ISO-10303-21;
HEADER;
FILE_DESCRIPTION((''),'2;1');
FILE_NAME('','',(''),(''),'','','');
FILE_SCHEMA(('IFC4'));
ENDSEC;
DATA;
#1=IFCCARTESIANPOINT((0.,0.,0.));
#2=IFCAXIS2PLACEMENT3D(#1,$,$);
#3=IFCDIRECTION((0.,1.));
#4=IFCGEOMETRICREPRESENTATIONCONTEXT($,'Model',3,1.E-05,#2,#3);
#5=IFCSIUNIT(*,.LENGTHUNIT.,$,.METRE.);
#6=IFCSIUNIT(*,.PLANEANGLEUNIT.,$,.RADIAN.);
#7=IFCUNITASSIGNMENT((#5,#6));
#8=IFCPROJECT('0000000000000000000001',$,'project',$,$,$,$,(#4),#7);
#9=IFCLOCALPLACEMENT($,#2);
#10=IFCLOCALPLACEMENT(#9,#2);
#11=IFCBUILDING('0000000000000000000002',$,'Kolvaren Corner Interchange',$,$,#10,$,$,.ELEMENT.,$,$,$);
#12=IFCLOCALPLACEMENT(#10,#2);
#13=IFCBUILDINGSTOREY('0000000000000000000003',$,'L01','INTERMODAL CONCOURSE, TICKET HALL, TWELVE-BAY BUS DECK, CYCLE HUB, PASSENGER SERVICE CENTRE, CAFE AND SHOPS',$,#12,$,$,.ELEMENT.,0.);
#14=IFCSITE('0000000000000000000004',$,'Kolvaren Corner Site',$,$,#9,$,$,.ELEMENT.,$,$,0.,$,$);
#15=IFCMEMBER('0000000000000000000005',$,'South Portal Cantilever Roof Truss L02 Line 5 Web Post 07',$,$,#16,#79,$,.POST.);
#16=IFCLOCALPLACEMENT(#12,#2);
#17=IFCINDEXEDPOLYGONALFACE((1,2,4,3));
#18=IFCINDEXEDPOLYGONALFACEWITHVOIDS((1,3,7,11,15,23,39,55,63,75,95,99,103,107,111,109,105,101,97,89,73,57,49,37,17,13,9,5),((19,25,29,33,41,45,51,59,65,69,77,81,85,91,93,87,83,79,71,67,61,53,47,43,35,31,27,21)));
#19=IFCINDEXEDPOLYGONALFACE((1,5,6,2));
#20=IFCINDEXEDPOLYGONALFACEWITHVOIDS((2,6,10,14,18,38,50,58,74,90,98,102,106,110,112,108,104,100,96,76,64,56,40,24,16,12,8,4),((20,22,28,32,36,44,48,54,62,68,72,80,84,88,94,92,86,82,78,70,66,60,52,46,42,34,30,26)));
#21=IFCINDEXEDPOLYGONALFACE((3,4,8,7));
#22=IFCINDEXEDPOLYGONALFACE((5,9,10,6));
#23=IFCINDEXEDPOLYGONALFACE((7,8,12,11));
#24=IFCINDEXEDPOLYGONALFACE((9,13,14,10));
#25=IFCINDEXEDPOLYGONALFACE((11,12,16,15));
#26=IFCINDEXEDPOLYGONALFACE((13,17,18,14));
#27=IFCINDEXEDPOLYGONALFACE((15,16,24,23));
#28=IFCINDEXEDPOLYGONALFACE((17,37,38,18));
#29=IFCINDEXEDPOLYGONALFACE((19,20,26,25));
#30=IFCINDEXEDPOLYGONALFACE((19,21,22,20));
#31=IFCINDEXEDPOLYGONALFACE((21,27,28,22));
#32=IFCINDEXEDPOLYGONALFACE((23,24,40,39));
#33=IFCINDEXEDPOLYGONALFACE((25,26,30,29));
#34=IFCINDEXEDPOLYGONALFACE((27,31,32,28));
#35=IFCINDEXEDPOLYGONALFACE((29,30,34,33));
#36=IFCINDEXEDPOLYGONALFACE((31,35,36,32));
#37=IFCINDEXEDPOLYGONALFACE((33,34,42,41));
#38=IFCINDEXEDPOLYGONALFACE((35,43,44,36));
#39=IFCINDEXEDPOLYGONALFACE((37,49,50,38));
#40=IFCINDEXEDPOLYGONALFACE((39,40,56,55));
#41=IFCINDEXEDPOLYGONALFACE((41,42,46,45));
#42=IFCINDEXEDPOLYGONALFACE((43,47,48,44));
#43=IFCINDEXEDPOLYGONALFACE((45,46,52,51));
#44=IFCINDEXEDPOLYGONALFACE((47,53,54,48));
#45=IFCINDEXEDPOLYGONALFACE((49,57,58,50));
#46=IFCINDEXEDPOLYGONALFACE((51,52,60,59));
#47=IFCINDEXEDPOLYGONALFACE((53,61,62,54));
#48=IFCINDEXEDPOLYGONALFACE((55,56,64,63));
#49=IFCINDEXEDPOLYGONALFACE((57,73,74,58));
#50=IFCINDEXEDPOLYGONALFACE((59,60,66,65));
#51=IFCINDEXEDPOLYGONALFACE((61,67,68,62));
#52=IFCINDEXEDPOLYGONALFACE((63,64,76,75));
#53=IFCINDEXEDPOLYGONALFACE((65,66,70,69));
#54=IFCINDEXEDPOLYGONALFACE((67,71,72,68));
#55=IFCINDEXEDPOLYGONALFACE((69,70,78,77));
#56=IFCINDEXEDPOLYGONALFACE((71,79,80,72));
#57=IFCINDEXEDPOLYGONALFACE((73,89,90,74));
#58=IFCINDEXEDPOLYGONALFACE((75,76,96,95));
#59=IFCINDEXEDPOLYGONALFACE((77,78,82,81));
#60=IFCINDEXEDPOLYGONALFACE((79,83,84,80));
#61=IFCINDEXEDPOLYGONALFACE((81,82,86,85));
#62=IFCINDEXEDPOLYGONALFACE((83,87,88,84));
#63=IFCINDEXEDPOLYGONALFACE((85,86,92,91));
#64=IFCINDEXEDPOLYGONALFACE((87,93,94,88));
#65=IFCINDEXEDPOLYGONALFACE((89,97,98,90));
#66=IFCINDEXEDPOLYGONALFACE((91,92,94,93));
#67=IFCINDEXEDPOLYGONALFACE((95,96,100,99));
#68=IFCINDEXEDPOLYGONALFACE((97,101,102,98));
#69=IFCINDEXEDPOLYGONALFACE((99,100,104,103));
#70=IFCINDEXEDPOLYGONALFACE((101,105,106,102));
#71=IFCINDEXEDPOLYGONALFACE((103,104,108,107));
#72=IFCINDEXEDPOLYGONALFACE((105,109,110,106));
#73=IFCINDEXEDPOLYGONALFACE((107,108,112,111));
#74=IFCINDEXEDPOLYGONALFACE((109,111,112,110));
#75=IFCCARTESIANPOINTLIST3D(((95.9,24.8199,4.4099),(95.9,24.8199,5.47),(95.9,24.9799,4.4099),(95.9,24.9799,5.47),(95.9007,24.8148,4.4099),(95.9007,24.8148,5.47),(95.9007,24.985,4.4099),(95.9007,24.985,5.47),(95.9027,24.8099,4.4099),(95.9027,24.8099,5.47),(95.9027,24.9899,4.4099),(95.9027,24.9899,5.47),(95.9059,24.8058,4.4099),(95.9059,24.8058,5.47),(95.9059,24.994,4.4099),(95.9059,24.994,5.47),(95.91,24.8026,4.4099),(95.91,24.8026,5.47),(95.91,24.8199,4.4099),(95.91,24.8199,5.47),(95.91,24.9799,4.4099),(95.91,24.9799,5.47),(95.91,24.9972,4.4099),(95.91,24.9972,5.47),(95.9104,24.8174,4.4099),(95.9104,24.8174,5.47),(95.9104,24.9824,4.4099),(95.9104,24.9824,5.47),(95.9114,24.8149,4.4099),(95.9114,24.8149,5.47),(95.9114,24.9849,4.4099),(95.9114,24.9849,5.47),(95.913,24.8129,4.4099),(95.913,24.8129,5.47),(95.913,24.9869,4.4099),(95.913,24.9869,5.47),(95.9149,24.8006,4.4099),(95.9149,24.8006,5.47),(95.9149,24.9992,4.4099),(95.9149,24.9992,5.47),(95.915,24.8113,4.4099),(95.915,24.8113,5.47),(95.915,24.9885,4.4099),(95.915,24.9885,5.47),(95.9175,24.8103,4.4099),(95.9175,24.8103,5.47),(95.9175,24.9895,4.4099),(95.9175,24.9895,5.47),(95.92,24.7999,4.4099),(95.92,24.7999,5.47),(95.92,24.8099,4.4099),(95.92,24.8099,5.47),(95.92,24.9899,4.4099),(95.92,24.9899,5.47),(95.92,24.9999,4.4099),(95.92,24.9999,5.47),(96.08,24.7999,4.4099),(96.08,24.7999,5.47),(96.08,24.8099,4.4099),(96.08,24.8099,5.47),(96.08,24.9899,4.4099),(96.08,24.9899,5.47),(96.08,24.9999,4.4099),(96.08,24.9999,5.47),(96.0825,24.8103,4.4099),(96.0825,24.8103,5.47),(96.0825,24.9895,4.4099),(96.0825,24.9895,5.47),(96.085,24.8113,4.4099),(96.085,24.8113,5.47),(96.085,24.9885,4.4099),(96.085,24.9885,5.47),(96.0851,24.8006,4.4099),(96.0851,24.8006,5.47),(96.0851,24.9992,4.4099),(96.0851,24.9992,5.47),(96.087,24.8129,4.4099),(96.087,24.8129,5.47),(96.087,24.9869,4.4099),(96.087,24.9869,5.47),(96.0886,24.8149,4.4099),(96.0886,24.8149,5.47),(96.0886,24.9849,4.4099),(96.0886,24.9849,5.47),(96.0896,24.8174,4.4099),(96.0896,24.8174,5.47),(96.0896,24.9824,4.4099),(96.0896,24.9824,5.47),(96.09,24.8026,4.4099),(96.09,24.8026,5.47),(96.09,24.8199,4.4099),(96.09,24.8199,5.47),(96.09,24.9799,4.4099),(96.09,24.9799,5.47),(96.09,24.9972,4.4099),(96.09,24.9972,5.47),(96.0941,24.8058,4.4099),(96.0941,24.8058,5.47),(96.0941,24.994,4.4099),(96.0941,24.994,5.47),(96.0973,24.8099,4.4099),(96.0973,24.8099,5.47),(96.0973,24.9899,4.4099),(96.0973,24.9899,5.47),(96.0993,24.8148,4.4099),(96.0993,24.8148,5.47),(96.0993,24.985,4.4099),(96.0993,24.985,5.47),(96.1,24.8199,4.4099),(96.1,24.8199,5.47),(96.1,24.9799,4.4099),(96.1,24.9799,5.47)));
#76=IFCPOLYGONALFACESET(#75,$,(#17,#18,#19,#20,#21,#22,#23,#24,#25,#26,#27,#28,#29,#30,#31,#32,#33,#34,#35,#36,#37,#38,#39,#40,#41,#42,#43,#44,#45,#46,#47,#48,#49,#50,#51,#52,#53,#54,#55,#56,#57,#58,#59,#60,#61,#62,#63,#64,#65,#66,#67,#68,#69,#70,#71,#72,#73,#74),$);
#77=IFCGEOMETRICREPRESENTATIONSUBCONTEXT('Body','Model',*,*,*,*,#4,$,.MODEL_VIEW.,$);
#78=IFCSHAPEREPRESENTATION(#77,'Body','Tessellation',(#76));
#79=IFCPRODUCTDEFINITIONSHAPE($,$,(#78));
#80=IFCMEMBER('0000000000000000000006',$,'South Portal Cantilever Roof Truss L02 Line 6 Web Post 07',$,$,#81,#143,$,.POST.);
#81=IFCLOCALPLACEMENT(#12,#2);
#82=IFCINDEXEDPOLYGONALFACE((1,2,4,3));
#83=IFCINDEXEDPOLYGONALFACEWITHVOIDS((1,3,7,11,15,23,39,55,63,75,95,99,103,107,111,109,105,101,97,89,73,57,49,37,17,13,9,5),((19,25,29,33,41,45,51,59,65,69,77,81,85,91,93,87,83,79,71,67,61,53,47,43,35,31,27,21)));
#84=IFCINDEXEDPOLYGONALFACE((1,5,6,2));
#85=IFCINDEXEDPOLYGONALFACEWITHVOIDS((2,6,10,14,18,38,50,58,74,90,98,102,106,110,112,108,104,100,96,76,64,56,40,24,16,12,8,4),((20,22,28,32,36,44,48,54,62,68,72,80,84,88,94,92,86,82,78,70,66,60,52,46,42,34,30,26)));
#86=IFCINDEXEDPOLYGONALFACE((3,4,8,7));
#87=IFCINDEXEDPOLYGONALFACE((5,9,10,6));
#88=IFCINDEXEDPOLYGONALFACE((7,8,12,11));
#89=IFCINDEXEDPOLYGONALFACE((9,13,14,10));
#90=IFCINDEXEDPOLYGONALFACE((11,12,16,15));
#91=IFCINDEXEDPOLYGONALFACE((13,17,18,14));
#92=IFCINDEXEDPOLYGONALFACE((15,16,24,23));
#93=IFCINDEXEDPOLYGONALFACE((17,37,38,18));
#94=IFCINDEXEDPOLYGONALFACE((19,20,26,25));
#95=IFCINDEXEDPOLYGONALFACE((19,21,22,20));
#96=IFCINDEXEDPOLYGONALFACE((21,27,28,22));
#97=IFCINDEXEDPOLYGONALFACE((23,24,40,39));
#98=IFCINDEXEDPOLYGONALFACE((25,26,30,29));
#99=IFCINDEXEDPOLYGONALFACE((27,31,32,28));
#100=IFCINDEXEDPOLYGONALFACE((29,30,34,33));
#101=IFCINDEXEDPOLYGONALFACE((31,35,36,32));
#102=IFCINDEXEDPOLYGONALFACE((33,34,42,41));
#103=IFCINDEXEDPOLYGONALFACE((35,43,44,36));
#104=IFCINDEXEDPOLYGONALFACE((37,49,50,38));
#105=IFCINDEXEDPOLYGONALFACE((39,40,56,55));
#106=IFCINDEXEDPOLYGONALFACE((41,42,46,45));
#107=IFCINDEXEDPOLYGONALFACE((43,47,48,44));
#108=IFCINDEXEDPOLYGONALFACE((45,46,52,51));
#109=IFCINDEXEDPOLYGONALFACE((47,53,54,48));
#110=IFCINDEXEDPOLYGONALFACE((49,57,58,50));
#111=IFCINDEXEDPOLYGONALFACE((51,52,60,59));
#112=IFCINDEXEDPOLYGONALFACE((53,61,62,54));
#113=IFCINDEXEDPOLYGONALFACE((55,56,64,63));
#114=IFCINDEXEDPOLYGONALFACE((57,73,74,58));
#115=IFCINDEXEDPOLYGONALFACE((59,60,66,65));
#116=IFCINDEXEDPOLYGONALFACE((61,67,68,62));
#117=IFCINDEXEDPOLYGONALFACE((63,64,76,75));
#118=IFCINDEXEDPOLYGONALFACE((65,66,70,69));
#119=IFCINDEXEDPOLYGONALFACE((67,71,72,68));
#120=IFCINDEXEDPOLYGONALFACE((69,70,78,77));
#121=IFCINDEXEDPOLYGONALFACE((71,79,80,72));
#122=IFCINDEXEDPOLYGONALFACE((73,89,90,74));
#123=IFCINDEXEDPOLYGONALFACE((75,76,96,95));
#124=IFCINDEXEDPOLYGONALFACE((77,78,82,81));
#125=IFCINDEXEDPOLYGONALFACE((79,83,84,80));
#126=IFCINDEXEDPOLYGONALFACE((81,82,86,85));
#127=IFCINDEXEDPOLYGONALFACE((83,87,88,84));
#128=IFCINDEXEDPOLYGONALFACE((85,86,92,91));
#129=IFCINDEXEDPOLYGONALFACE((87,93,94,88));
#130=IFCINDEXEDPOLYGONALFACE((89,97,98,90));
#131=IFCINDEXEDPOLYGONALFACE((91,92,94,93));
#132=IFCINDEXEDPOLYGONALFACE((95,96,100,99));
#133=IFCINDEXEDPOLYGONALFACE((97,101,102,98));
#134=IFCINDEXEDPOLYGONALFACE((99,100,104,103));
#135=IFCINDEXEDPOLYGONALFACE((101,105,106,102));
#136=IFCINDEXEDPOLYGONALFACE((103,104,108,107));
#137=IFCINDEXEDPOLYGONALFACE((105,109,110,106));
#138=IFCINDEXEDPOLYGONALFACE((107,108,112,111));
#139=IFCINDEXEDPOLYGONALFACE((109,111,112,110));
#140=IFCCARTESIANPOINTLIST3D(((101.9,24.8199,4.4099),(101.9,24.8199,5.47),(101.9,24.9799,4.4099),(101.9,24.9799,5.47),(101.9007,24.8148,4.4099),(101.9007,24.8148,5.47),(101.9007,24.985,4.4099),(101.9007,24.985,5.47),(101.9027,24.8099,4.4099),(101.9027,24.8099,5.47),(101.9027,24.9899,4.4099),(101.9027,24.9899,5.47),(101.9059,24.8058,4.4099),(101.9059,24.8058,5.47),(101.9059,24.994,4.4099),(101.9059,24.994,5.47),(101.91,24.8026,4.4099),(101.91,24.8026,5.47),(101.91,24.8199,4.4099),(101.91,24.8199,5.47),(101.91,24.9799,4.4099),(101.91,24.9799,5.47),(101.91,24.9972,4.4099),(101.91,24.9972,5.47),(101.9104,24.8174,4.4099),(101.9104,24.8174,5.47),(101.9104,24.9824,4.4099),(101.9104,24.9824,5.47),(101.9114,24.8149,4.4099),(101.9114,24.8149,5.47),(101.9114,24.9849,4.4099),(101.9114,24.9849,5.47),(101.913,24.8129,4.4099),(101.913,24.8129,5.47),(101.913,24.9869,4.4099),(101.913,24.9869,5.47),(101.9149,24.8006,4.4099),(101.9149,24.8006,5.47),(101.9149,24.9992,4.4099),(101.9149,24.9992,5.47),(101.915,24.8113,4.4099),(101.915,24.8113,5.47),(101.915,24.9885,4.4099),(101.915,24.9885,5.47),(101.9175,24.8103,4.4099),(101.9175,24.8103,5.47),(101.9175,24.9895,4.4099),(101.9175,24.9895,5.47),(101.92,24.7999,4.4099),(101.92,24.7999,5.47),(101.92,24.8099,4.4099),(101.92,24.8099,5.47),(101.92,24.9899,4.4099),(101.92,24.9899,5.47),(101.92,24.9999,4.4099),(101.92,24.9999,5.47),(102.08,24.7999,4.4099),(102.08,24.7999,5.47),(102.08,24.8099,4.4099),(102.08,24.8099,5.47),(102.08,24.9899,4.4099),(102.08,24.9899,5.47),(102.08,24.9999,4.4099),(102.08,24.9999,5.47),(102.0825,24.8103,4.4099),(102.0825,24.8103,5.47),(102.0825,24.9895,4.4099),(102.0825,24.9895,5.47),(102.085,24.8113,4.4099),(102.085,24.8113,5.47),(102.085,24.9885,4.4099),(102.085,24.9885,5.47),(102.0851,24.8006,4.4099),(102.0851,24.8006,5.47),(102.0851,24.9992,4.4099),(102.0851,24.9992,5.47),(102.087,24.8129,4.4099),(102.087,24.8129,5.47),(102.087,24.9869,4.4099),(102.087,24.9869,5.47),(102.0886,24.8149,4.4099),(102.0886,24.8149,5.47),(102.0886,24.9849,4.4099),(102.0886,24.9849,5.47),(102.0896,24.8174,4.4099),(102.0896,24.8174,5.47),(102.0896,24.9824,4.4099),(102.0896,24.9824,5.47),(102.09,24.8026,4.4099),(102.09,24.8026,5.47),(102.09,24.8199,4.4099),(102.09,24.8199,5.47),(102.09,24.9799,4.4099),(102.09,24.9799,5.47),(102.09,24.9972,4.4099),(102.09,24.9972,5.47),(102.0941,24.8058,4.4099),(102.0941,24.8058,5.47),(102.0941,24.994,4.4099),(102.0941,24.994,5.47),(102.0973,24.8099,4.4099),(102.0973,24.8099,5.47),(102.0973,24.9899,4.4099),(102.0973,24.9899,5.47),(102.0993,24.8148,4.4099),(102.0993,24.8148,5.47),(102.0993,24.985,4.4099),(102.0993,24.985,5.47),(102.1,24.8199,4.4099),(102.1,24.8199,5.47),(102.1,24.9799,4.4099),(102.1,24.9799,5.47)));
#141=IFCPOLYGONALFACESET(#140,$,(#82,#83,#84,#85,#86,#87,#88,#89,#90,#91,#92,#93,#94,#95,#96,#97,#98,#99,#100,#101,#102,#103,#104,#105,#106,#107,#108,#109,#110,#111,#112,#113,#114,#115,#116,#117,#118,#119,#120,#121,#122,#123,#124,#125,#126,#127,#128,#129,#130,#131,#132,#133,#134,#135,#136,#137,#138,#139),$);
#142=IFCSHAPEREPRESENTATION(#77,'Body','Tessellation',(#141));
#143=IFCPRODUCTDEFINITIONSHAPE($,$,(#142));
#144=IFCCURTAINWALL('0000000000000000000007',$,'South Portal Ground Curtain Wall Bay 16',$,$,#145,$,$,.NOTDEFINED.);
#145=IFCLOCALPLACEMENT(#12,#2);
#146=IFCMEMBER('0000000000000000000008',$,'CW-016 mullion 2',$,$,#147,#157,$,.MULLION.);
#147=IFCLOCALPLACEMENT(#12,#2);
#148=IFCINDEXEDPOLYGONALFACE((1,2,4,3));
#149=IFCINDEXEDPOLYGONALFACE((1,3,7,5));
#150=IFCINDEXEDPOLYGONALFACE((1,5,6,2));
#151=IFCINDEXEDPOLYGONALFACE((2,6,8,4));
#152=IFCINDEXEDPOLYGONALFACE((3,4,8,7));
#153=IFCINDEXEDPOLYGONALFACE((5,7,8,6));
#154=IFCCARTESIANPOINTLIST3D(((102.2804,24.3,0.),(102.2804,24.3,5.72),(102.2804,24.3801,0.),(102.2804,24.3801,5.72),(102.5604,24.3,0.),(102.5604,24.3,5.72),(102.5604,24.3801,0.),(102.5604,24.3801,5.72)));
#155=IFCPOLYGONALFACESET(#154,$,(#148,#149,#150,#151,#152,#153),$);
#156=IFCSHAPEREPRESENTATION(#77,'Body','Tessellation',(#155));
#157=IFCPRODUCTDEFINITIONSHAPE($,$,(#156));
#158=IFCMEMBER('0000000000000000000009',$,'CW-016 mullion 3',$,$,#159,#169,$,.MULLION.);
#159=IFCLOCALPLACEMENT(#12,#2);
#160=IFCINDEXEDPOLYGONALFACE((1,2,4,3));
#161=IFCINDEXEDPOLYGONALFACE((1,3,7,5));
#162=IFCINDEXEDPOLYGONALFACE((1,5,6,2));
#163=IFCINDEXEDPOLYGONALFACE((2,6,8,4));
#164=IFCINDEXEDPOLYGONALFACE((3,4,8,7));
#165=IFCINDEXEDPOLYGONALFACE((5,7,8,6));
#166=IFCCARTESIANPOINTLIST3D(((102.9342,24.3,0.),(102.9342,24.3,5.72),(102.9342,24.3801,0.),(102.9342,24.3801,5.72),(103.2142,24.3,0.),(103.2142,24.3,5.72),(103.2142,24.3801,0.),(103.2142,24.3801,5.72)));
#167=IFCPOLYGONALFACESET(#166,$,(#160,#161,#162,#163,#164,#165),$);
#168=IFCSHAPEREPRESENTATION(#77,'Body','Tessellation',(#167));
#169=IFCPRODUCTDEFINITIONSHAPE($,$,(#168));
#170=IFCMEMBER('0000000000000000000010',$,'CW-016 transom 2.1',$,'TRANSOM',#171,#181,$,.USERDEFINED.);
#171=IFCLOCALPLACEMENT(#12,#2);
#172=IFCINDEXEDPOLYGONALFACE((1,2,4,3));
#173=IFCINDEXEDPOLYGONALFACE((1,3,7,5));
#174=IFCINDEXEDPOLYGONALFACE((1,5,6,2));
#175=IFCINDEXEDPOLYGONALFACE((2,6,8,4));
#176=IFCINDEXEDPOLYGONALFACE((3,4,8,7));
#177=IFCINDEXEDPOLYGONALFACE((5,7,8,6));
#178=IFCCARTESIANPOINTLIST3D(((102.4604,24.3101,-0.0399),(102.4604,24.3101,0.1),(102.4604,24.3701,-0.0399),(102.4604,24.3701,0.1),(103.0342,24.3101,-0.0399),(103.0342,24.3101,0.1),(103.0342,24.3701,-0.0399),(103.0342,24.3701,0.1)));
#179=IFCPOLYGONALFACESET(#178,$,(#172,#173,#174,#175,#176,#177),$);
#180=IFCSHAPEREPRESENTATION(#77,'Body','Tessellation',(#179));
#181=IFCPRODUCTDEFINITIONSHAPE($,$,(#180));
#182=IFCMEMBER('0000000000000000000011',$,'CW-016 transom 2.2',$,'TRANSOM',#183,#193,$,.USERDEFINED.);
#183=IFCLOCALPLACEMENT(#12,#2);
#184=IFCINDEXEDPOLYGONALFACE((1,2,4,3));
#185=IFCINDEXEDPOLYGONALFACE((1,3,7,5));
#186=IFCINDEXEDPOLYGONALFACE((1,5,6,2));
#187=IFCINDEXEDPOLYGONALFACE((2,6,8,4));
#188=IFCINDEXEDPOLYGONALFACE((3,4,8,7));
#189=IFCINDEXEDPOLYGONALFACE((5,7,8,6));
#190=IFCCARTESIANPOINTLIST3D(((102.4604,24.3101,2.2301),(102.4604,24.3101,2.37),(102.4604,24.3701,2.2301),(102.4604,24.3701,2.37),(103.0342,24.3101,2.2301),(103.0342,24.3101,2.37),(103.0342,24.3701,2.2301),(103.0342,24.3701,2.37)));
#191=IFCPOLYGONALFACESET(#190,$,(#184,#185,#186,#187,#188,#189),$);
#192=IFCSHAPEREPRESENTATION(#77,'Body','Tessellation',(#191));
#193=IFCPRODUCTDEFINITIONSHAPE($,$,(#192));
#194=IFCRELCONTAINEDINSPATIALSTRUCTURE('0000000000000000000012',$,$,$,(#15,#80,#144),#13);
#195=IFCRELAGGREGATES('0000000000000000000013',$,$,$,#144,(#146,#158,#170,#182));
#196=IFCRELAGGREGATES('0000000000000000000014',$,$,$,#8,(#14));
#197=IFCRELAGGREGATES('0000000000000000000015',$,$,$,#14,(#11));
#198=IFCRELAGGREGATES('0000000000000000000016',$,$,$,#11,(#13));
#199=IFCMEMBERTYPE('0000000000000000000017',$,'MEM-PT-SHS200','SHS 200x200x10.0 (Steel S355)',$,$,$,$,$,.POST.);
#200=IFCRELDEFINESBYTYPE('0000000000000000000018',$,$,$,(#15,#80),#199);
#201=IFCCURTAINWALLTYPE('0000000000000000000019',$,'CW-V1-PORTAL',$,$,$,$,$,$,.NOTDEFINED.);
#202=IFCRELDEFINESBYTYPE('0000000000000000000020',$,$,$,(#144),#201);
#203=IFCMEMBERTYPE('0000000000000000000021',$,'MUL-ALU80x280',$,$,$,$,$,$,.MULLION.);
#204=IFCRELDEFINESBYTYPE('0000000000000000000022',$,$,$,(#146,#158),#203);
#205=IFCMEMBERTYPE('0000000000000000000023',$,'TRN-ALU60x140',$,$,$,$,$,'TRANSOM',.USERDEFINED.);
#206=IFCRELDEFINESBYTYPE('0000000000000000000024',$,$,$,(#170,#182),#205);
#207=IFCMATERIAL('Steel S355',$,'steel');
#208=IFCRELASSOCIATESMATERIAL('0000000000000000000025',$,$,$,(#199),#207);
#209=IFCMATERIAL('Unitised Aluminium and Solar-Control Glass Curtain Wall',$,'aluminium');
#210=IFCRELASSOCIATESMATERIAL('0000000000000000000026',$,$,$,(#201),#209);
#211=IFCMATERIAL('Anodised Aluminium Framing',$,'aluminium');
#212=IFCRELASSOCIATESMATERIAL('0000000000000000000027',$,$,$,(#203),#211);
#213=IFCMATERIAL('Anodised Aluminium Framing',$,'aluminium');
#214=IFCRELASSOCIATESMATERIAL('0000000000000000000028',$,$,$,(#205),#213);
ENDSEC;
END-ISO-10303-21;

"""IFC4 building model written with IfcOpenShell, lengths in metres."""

from ifc_helpers import new_model, si_unit, direction, frame, origin, origin_2d, place, context, subcontext, project, spatial, rectangle, hollow_rectangle, extrude, material, material_profile, profile_set, type_object, element, aggregate, save


model = new_model("IFC4")

# Units and contexts
model_context = context("Model", 3, precision=1e-05, world=origin(), true_north=direction((0.0, 1.0)))
body_context = subcontext(model_context, "Body", "Model", "MODEL_VIEW")
ifc_project = project(units=[si_unit("LENGTHUNIT", "METRE"), si_unit("PLANEANGLEUNIT", "RADIAN")], contexts=[model_context])

# Site, building, storey
site_placement = place(None, origin())
site = spatial("IfcSite", under=ifc_project, at=site_placement, Name="Kolvaren Corner Site", CompositionType="ELEMENT", RefElevation=0.0)
building_placement = place(site_placement, origin())
building = spatial("IfcBuilding", under=site, at=building_placement, Name="Kolvaren Corner Interchange", CompositionType="ELEMENT")
storey_placement = place(building_placement, origin())
storey = spatial("IfcBuildingStorey", under=building, at=storey_placement, Name="L01", Description="INTERMODAL CONCOURSE, TICKET HALL, TWELVE-BAY BUS DECK, CYCLE HUB, PASSENGER SERVICE CENTRE, CAFE AND SHOPS", CompositionType="ELEMENT", Elevation=0.0)

# Members
ifc_material_1 = material(Name="Steel S355", Category="steel")
ifc_material_profile_1 = material_profile(ifc_material_1, hollow_rectangle(XDim=0.2, YDim=0.2, WallThickness=0.01, InnerFilletRadius=0.01, OuterFilletRadius=0.02, at=origin_2d()), Name="SHS 200x200x10.0")
ifc_profile_set_1 = profile_set([ifc_material_profile_1], Name="Steel S355")
member_type_1 = type_object("IfcMemberType", Name="MEM-PT-SHS200", Description="SHS 200x200x10.0 (Steel S355)", PredefinedType="POST", material=ifc_profile_set_1)
for number, where, z_axis, x_axis, name in (
    (1, (96.0, 24.8999, 4.4099), (0.0, 0.0, 1.0), (1.0, 0.0, 0.0), "South Portal Cantilever Roof Truss L02 Line 5 Web Post 07"),
    (2, (102.0, 24.8999, 4.4099), (0.0, 0.0, 1.0), (1.0, 0.0, 0.0), "South Portal Cantilever Roof Truss L02 Line 6 Web Post 07"),
):
    element("IfcMember", number, at=place(storey_placement, frame(where, z_axis=z_axis, x_axis=x_axis)), inside=storey, type_object=member_type_1, Name=name, PredefinedType="POST", context=body_context, shape_type="SweptSolid", body=[
        extrude(hollow_rectangle(XDim=0.2, YDim=0.2, WallThickness=0.01, InnerFilletRadius=0.01, OuterFilletRadius=0.02, at=origin_2d()), origin(), (0.0, 0.0, 1.0), 1.0601),
    ])

# Curtain wall, members
ifc_material_2 = material(Name="Unitised Aluminium and Solar-Control Glass Curtain Wall", Category="aluminium")
curtain_wall_type = type_object("IfcCurtainWallType", Name="CW-V1-PORTAL", PredefinedType="NOTDEFINED", material=ifc_material_2)
curtain_wall_placement = place(storey_placement, origin())
curtain_wall = element("IfcCurtainWall", 3, at=curtain_wall_placement, inside=storey, type_object=curtain_wall_type, Name="South Portal Ground Curtain Wall Bay 16", PredefinedType="NOTDEFINED")
ifc_material_3 = material(Name="Anodised Aluminium Framing", Category="aluminium")
ifc_material_profile_2 = material_profile(ifc_material_3, rectangle(XDim=0.0801, YDim=0.28, at=origin_2d()), Name="ALU 80x280")
ifc_profile_set_2 = profile_set([ifc_material_profile_2], Name="Anodised Aluminium Framing")
member_type_2 = type_object("IfcMemberType", Name="MUL-ALU80x280", PredefinedType="MULLION", material=ifc_profile_set_2)
member_1_placement = place(storey_placement, frame((102.4204, 24.3401, 0.0), z_axis=(0.0, 0.0, 1.0), x_axis=(0.0, 1.0, 0.0)))
member_1 = element("IfcMember", 4, at=member_1_placement, type_object=member_type_2, Name="CW-016 mullion 2", PredefinedType="MULLION", context=body_context, shape_type="SweptSolid", body=[
    extrude(rectangle(XDim=0.0801, YDim=0.28, at=origin_2d()), origin(), (0.0, 0.0, 1.0), 5.72),
])
member_2_placement = place(storey_placement, frame((103.0742, 24.3401, 0.0), z_axis=(0.0, 0.0, 1.0), x_axis=(0.0, 1.0, 0.0)))
member_2 = element("IfcMember", 5, at=member_2_placement, type_object=member_type_2, Name="CW-016 mullion 3", PredefinedType="MULLION", context=body_context, shape_type="SweptSolid", body=[
    extrude(rectangle(XDim=0.0801, YDim=0.28, at=origin_2d()), origin(), (0.0, 0.0, 1.0), 5.72),
])
ifc_material_4 = material(Name="Anodised Aluminium Framing", Category="aluminium")
ifc_material_profile_3 = material_profile(ifc_material_4, rectangle(XDim=0.0601, YDim=0.1399, at=origin_2d()), Name="ALU 60x140")
ifc_profile_set_3 = profile_set([ifc_material_profile_3], Name="Anodised Aluminium Framing")
member_type_3 = type_object("IfcMemberType", Name="TRN-ALU60x140", ElementType="TRANSOM", PredefinedType="USERDEFINED", material=ifc_profile_set_3)
member_3_placement = place(storey_placement, frame((102.4604, 24.3401, 0.03), z_axis=(1.0, 0.0, 0.0), x_axis=(0.0, 1.0, 0.0)))
member_3 = element("IfcMember", 6, at=member_3_placement, type_object=member_type_3, Name="CW-016 transom 2.1", ObjectType="TRANSOM", PredefinedType="USERDEFINED", context=body_context, shape_type="SweptSolid", body=[
    extrude(rectangle(XDim=0.0601, YDim=0.1399, at=origin_2d()), origin(), (0.0, 0.0, 1.0), 0.5737),
])
member_4_placement = place(storey_placement, frame((102.4604, 24.3401, 2.3), z_axis=(1.0, 0.0, 0.0), x_axis=(0.0, 1.0, 0.0)))
member_4 = element("IfcMember", 7, at=member_4_placement, type_object=member_type_3, Name="CW-016 transom 2.2", ObjectType="TRANSOM", PredefinedType="USERDEFINED", context=body_context, shape_type="SweptSolid", body=[
    extrude(rectangle(XDim=0.0601, YDim=0.1399, at=origin_2d()), origin(), (0.0, 0.0, 1.0), 0.5737),
])
aggregate(curtain_wall, [member_1, member_2, member_3, member_4])

save(model, "model.ifc")
